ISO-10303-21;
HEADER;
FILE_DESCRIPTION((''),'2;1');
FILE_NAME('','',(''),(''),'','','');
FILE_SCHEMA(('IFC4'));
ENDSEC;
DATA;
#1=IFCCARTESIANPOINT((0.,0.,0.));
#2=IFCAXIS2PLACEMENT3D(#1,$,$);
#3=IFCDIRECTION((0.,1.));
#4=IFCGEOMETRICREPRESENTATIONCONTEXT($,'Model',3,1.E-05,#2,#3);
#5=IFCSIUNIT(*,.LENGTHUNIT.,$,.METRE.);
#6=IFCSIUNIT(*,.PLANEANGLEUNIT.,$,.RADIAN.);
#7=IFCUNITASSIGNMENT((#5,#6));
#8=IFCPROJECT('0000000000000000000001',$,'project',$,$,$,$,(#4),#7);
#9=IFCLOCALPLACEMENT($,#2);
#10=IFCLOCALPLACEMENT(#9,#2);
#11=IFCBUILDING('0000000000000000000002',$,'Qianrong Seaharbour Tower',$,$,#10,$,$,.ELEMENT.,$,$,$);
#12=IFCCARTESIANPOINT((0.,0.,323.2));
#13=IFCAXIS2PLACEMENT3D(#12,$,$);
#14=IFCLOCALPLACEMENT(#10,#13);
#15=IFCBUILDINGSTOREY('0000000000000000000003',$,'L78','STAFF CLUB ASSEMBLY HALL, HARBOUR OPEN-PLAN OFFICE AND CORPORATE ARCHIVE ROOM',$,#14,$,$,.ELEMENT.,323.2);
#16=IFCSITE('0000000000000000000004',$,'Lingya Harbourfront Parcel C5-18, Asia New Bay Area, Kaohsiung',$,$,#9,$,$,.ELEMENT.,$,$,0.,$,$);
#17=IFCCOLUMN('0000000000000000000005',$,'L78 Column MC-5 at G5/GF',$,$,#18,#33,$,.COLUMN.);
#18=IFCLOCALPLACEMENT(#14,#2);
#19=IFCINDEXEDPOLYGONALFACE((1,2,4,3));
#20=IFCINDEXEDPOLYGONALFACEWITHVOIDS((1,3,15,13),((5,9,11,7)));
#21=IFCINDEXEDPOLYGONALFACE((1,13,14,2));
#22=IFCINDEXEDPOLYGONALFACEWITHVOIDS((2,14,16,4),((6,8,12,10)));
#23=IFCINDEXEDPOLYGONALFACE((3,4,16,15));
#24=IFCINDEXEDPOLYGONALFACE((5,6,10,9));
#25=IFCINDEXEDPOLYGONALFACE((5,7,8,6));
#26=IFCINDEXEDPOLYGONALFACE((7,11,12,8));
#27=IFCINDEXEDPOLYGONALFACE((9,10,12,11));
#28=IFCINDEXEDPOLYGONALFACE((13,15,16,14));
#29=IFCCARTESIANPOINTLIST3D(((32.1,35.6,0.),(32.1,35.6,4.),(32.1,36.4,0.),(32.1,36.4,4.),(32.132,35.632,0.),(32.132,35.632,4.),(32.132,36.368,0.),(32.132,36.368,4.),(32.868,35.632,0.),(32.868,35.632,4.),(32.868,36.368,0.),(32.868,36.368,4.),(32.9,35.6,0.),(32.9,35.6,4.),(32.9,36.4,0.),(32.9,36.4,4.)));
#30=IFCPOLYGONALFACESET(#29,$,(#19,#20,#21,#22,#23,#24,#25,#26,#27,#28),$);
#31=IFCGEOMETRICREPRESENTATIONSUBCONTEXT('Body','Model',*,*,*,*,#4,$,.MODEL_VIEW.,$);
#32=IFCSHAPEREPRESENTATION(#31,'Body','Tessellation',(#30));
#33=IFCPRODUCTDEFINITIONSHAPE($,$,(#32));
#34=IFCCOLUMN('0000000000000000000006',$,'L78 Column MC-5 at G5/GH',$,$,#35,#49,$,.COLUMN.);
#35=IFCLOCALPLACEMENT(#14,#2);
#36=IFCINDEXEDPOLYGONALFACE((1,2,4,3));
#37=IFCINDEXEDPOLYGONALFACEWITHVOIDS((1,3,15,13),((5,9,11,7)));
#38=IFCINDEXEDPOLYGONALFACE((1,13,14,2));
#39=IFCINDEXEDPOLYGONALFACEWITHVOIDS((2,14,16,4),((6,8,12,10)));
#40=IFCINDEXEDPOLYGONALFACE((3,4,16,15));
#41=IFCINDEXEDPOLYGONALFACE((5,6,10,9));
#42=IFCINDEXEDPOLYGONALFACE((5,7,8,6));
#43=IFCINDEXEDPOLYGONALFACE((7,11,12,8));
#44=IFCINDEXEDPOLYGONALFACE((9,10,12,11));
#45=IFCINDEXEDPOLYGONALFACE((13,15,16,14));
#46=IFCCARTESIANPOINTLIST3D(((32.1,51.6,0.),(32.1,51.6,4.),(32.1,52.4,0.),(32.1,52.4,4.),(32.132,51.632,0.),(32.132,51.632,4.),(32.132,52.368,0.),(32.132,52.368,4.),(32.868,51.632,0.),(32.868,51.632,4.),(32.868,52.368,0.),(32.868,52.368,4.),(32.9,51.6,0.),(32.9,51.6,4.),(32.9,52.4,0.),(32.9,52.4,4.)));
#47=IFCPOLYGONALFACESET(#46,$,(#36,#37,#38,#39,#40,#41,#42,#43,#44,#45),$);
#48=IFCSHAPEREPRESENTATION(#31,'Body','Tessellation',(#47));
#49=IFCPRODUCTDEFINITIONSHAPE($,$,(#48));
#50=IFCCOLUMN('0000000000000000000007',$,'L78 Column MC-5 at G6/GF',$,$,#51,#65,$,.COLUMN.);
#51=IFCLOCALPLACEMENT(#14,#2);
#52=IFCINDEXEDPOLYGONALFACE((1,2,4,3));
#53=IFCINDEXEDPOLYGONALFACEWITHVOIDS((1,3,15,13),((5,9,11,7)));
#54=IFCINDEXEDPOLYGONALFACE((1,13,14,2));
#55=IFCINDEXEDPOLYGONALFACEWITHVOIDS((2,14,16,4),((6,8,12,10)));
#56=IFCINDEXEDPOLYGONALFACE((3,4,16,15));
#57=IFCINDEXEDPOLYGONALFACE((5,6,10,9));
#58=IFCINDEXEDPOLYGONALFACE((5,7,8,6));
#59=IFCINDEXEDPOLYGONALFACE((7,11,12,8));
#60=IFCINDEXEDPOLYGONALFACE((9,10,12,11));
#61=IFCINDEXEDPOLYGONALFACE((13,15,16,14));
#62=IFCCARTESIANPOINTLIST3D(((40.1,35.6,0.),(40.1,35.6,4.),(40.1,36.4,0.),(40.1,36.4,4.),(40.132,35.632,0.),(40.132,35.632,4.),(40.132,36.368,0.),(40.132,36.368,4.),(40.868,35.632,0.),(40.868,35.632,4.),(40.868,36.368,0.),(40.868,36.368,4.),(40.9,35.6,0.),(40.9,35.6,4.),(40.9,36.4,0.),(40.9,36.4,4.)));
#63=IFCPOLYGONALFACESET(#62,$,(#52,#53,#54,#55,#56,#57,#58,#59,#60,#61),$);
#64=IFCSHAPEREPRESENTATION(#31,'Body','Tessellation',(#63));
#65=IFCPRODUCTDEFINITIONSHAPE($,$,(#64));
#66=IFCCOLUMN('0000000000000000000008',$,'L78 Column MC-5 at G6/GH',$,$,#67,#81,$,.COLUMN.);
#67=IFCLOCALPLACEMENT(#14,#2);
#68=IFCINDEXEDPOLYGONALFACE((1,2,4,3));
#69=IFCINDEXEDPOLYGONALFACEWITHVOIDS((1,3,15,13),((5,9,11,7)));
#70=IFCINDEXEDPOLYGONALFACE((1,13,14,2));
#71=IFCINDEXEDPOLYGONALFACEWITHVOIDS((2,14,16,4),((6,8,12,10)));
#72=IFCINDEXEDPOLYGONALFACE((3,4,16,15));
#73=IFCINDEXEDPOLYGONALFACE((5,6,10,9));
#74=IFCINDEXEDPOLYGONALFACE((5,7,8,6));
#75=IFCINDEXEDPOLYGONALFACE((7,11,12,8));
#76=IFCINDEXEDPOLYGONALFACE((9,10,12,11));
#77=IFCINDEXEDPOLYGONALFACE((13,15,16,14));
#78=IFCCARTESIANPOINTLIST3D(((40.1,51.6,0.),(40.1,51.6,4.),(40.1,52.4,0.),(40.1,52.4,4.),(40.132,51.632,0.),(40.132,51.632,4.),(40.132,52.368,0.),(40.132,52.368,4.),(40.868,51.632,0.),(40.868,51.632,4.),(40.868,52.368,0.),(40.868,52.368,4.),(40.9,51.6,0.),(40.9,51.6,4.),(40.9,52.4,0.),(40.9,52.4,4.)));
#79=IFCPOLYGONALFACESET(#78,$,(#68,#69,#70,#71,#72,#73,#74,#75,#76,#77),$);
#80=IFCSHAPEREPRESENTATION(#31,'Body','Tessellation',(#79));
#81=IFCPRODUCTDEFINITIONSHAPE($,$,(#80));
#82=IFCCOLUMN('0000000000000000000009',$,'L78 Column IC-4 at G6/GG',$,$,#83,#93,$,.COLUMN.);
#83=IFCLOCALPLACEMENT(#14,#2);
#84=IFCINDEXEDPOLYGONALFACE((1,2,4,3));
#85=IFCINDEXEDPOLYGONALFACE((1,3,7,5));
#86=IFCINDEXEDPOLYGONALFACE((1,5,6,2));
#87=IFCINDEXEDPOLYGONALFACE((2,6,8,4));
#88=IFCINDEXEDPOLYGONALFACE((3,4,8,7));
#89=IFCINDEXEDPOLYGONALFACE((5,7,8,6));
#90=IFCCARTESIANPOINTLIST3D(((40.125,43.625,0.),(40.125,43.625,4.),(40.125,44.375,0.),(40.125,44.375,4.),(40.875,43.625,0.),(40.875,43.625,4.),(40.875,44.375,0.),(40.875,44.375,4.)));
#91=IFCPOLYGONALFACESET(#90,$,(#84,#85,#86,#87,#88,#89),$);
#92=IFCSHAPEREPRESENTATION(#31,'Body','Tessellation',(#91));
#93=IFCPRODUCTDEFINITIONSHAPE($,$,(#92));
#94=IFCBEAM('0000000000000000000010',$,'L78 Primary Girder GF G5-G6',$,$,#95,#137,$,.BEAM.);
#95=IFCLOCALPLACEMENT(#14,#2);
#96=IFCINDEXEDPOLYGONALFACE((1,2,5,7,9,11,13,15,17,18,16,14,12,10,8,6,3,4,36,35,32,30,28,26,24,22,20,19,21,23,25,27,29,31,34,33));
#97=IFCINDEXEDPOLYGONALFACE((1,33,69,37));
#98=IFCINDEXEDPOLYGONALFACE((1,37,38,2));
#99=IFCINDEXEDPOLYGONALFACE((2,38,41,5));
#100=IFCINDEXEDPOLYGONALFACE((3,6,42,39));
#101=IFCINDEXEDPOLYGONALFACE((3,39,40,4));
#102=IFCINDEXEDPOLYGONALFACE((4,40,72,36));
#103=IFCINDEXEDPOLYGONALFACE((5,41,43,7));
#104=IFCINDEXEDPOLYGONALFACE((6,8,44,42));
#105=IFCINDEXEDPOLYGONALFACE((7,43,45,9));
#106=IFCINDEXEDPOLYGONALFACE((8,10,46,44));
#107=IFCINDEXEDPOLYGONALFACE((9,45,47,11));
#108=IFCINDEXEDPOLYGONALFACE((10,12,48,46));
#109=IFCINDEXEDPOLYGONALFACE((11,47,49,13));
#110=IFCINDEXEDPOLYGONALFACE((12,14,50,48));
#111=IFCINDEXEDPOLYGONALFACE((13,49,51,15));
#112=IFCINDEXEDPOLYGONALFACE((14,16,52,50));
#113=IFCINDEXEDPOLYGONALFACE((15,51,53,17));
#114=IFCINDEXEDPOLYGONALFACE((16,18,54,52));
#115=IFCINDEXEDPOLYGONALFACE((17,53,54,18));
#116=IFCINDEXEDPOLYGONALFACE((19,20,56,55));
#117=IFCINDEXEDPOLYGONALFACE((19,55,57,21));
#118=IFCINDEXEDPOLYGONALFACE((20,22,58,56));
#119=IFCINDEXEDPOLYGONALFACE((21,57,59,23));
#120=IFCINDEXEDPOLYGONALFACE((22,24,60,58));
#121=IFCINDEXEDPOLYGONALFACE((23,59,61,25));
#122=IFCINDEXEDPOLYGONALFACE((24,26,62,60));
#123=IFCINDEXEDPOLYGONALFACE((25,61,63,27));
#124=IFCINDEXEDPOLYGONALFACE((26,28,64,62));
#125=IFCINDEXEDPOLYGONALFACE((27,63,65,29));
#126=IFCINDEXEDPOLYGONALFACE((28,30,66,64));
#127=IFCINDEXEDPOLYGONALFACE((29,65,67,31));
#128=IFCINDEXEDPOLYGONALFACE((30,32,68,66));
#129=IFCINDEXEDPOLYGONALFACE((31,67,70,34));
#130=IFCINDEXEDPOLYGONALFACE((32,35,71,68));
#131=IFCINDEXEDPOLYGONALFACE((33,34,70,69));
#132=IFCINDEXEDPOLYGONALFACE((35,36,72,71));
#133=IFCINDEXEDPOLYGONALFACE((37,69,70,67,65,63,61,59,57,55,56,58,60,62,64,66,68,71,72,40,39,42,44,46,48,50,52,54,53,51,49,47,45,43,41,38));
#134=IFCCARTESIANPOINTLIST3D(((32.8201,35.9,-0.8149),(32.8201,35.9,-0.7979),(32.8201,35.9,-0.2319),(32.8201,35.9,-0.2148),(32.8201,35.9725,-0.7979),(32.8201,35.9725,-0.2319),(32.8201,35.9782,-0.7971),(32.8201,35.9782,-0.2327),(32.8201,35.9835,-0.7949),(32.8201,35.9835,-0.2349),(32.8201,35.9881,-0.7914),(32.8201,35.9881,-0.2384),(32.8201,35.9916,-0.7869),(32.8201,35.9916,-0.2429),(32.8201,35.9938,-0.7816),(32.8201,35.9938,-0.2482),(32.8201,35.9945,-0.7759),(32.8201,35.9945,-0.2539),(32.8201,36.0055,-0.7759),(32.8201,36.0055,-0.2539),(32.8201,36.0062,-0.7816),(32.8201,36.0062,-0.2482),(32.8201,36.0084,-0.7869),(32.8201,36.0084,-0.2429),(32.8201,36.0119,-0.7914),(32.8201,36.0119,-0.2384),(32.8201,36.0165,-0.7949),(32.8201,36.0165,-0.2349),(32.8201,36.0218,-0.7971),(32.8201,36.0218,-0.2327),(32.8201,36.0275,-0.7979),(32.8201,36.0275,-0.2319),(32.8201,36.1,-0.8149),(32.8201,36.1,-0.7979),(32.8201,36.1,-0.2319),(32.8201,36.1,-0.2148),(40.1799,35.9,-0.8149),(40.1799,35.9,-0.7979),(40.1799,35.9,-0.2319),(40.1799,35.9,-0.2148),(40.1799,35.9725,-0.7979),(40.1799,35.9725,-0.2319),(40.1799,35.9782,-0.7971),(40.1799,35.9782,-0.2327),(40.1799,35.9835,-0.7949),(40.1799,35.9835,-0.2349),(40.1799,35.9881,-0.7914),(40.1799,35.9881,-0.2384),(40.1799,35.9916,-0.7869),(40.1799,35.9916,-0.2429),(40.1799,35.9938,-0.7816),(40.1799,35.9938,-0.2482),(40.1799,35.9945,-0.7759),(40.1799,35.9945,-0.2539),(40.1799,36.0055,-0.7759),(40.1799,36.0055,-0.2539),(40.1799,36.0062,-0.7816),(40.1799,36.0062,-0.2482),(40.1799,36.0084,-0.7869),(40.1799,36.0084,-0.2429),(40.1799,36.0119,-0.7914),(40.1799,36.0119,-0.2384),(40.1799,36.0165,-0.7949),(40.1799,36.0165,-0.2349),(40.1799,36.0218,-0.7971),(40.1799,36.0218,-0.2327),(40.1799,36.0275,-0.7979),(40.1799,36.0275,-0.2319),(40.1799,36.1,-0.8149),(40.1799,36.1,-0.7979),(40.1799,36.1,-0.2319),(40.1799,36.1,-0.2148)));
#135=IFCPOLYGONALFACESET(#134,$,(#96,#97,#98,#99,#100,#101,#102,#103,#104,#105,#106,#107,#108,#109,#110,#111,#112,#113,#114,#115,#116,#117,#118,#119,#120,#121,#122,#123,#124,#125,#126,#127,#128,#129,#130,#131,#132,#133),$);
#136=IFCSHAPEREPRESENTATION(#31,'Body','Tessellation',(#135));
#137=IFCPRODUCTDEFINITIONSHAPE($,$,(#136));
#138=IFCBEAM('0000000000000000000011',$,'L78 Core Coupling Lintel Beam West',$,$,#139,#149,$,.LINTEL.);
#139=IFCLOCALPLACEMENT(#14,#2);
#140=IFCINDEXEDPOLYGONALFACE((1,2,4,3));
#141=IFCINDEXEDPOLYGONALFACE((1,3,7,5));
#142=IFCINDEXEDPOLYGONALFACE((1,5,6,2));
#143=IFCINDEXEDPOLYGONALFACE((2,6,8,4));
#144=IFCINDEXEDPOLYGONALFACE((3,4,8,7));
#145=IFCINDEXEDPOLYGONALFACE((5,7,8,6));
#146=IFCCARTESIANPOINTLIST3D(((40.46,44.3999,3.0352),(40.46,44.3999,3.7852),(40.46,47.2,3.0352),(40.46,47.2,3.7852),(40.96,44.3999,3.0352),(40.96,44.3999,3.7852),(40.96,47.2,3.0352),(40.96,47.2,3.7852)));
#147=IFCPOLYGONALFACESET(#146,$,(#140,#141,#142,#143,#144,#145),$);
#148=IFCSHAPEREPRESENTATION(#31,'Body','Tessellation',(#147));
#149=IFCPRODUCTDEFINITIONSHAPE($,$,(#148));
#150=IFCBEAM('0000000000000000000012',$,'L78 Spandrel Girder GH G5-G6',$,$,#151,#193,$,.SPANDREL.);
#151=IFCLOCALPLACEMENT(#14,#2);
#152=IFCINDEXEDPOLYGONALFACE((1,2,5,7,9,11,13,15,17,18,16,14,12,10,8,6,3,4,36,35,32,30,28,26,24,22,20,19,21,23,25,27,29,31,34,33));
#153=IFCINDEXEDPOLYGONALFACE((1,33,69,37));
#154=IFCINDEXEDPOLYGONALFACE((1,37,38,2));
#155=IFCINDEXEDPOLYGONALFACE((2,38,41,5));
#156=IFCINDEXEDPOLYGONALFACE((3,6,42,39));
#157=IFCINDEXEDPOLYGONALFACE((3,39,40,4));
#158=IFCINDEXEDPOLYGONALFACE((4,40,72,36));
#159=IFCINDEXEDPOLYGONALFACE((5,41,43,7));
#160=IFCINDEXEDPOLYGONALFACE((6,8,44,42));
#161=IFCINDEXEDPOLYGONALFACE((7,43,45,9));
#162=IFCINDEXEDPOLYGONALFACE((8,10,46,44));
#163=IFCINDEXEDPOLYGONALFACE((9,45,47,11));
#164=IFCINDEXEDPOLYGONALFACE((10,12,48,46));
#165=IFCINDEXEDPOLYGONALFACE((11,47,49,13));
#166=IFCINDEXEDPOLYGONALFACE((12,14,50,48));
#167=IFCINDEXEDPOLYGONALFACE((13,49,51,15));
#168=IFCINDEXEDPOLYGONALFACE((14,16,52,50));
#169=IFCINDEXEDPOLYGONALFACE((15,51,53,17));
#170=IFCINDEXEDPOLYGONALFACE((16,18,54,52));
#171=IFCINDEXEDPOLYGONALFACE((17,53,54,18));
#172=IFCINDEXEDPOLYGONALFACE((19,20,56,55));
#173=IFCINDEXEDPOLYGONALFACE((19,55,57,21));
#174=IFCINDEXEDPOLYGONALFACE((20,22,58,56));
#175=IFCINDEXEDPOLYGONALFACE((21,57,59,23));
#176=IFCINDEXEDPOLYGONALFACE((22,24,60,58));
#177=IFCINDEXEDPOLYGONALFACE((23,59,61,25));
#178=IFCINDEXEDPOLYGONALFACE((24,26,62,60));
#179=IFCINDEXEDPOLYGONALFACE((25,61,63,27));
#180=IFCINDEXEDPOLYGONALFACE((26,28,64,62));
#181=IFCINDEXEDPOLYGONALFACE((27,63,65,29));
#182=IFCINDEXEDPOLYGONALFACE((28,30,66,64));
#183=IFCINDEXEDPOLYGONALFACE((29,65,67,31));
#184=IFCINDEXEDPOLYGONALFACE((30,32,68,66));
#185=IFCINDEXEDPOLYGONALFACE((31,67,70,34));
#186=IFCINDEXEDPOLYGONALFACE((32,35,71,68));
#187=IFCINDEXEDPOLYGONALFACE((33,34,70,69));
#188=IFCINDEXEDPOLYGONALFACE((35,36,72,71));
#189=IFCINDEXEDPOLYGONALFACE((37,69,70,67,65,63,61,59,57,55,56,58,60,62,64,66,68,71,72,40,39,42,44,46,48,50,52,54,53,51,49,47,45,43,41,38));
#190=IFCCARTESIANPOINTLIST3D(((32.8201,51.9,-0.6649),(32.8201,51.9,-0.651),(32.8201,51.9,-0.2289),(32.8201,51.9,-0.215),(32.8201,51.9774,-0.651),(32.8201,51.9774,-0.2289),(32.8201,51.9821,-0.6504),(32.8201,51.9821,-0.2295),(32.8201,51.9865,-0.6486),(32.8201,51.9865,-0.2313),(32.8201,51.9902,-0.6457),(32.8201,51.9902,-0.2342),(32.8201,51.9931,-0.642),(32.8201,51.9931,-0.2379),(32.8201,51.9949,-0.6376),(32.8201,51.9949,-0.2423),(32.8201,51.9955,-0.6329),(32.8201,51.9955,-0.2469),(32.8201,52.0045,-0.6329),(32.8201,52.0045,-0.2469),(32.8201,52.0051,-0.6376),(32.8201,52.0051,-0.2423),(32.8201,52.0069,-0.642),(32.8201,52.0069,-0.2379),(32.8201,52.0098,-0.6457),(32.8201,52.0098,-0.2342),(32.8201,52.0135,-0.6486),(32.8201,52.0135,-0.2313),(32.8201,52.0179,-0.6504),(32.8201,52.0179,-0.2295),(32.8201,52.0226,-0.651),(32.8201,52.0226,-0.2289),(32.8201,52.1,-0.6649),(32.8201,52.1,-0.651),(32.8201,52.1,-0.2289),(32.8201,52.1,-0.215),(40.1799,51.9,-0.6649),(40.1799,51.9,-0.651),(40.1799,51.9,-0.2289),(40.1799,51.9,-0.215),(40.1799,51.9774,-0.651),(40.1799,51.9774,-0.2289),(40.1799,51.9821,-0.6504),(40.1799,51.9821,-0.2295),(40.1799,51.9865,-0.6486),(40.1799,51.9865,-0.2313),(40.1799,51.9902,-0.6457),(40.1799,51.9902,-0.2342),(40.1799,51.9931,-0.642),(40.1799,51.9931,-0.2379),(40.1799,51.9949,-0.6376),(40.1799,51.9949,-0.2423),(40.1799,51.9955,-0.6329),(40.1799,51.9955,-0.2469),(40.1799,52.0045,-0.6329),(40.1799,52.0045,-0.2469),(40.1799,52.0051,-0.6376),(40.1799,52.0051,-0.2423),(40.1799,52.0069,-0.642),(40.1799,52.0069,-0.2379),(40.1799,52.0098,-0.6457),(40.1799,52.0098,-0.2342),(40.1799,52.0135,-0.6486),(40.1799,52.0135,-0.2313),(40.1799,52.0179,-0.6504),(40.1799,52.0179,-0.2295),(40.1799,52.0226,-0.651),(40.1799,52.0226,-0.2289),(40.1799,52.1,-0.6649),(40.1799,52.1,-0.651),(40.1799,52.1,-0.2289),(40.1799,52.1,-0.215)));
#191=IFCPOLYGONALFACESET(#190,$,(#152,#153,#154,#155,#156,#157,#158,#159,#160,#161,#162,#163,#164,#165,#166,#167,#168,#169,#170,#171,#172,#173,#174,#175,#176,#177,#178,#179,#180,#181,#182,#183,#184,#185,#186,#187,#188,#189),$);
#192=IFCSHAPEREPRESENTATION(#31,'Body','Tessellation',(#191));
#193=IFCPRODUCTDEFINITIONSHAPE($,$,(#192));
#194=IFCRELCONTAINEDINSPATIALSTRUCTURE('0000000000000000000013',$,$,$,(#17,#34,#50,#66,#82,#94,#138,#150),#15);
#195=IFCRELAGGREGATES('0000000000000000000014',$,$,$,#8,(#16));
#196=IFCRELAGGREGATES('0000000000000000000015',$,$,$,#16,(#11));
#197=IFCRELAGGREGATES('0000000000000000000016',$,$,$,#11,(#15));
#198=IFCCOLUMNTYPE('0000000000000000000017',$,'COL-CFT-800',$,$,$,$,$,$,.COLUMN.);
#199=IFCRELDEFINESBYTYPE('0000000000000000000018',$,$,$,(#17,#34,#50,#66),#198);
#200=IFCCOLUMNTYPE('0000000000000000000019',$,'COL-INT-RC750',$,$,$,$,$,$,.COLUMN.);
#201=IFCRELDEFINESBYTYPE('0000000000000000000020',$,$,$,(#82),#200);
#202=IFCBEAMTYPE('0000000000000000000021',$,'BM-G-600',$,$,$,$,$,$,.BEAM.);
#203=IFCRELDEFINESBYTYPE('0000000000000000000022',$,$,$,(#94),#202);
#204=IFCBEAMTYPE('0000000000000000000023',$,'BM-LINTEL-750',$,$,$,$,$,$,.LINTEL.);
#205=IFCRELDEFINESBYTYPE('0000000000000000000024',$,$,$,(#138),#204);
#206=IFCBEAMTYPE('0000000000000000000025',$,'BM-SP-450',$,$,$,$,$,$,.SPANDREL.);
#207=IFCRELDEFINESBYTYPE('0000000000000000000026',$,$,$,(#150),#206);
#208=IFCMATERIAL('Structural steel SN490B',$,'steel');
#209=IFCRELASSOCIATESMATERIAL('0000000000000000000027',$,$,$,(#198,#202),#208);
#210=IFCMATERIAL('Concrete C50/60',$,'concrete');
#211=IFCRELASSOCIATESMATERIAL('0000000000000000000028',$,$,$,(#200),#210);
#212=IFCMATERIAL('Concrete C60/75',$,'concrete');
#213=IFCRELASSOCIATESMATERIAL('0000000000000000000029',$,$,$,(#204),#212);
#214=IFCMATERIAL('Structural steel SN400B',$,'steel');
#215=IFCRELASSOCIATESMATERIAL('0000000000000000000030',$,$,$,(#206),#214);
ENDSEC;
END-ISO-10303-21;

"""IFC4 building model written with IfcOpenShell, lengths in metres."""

from ifc_helpers import new_model, si_unit, direction, frame, origin, origin_2d, place, context, subcontext, project, spatial, rectangle, hollow_rectangle, i_section, extrude, material, material_profile, profile_set, type_object, element, save


model = new_model("IFC4")

# Units and contexts
model_context = context("Model", 3, precision=1e-05, world=origin(), true_north=direction((0.0, 1.0)))
body_context = subcontext(model_context, "Body", "Model", "MODEL_VIEW")
ifc_project = project(units=[si_unit("LENGTHUNIT", "METRE"), si_unit("PLANEANGLEUNIT", "RADIAN")], contexts=[model_context])

# Site, building, storey
site_placement = place(None, origin())
site = spatial("IfcSite", under=ifc_project, at=site_placement, Name="Lingya Harbourfront Parcel C5-18, Asia New Bay Area, Kaohsiung", CompositionType="ELEMENT", RefElevation=0.0)
building_placement = place(site_placement, origin())
building = spatial("IfcBuilding", under=site, at=building_placement, Name="Qianrong Seaharbour Tower", CompositionType="ELEMENT")
storey_placement = place(building_placement, frame((0.0, 0.0, 323.2)))
storey = spatial("IfcBuildingStorey", under=building, at=storey_placement, Name="L78", Description="STAFF CLUB ASSEMBLY HALL, HARBOUR OPEN-PLAN OFFICE AND CORPORATE ARCHIVE ROOM", CompositionType="ELEMENT", Elevation=323.2)

# Columns
ifc_material_1 = material(Name="Structural steel SN490B", Category="steel")
ifc_material_profile_1 = material_profile(ifc_material_1, hollow_rectangle(XDim=0.8, YDim=0.8, WallThickness=0.032, at=origin_2d()), Name="BOX800x800x32")
ifc_profile_set_1 = profile_set([ifc_material_profile_1], Name="Structural steel SN490B")
column_type_1 = type_object("IfcColumnType", Name="COL-CFT-800", PredefinedType="COLUMN", material=ifc_profile_set_1)
for number, where, z_axis, x_axis, name in (
    (1, (32.5, 36.0, 0.0), (0.0, 0.0, 1.0), (1.0, 0.0, 0.0), "L78 Column MC-5 at G5/GF"),
    (2, (32.5, 52.0, 0.0), (0.0, 0.0, 1.0), (1.0, 0.0, 0.0), "L78 Column MC-5 at G5/GH"),
    (3, (40.5, 36.0, 0.0), (0.0, 0.0, 1.0), (1.0, 0.0, 0.0), "L78 Column MC-5 at G6/GF"),
    (4, (40.5, 52.0, 0.0), (0.0, 0.0, 1.0), (1.0, 0.0, 0.0), "L78 Column MC-5 at G6/GH"),
):
    element("IfcColumn", number, at=place(storey_placement, frame(where, z_axis=z_axis, x_axis=x_axis)), inside=storey, type_object=column_type_1, Name=name, PredefinedType="COLUMN", context=body_context, shape_type="SweptSolid", body=[
        extrude(hollow_rectangle(XDim=0.8, YDim=0.8, WallThickness=0.032, at=origin_2d()), origin(), (0.0, 0.0, 1.0), 4.0),
    ])
ifc_material_2 = material(Name="Concrete C50/60", Category="concrete")
ifc_material_profile_2 = material_profile(ifc_material_2, rectangle(XDim=0.75, YDim=0.75, at=origin_2d()), Name="RC750x750")
ifc_profile_set_2 = profile_set([ifc_material_profile_2], Name="Concrete C50/60")
column_type_2 = type_object("IfcColumnType", Name="COL-INT-RC750", PredefinedType="COLUMN", material=ifc_profile_set_2)
column_placement = place(storey_placement, frame((40.5, 44.0, 0.0), z_axis=(0.0, 0.0, 1.0), x_axis=(1.0, 0.0, 0.0)))
element("IfcColumn", 5, at=column_placement, inside=storey, type_object=column_type_2, Name="L78 Column IC-4 at G6/GG", PredefinedType="COLUMN", context=body_context, shape_type="SweptSolid", body=[
    extrude(rectangle(XDim=0.75, YDim=0.75, at=origin_2d()), origin(), (0.0, 0.0, 1.0), 4.0),
])

# Beams
ifc_material_profile_3 = material_profile(ifc_material_1, i_section(OverallWidth=0.2, OverallDepth=0.6001, WebThickness=0.011, FlangeThickness=0.0171, FilletRadius=0.022, at=origin_2d()), Name="H600x200x11x17")
ifc_profile_set_3 = profile_set([ifc_material_profile_3], Name="Structural steel SN490B")
beam_type_1 = type_object("IfcBeamType", Name="BM-G-600", PredefinedType="BEAM", material=ifc_profile_set_3)
beam_1_placement = place(storey_placement, frame((32.8201, 36.0, -0.5149), z_axis=(1.0, 0.0, 0.0), x_axis=(0.0, 1.0, 0.0)))
element("IfcBeam", 6, at=beam_1_placement, inside=storey, type_object=beam_type_1, Name="L78 Primary Girder GF G5-G6", PredefinedType="BEAM", context=body_context, shape_type="SweptSolid", body=[
    extrude(i_section(OverallWidth=0.2, OverallDepth=0.6001, WebThickness=0.011, FlangeThickness=0.0171, FilletRadius=0.022, at=origin_2d()), origin(), (0.0, 0.0, 1.0), 7.3599),
])
ifc_material_3 = material(Name="Concrete C60/75", Category="concrete")
ifc_material_profile_4 = material_profile(ifc_material_3, rectangle(XDim=0.5, YDim=0.75, at=origin_2d()), Name="RC500x750")
ifc_profile_set_4 = profile_set([ifc_material_profile_4], Name="Concrete C60/75")
beam_type_2 = type_object("IfcBeamType", Name="BM-LINTEL-750", PredefinedType="LINTEL", material=ifc_profile_set_4)
beam_2_placement = place(storey_placement, frame((40.71, 44.3999, 3.4102), z_axis=(0.0, 1.0, 0.0), x_axis=(-1.0, 0.0, 0.0)))
element("IfcBeam", 7, at=beam_2_placement, inside=storey, type_object=beam_type_2, Name="L78 Core Coupling Lintel Beam West", PredefinedType="LINTEL", context=body_context, shape_type="SweptSolid", body=[
    extrude(rectangle(XDim=0.5, YDim=0.75, at=origin_2d()), origin(), (0.0, 0.0, 1.0), 2.8),
])
ifc_material_4 = material(Name="Structural steel SN400B", Category="steel")
ifc_material_profile_5 = material_profile(ifc_material_4, i_section(OverallWidth=0.2, OverallDepth=0.45, WebThickness=0.009, FlangeThickness=0.0139, FilletRadius=0.0181, at=origin_2d()), Name="H450x200x9x14")
ifc_profile_set_5 = profile_set([ifc_material_profile_5], Name="Structural steel SN400B")
beam_type_3 = type_object("IfcBeamType", Name="BM-SP-450", PredefinedType="SPANDREL", material=ifc_profile_set_5)
beam_3_placement = place(storey_placement, frame((32.8201, 52.0, -0.4399), z_axis=(1.0, 0.0, 0.0), x_axis=(0.0, 1.0, 0.0)))
element("IfcBeam", 8, at=beam_3_placement, inside=storey, type_object=beam_type_3, Name="L78 Spandrel Girder GH G5-G6", PredefinedType="SPANDREL", context=body_context, shape_type="SweptSolid", body=[
    extrude(i_section(OverallWidth=0.2, OverallDepth=0.45, WebThickness=0.009, FlangeThickness=0.0139, FilletRadius=0.0181, at=origin_2d()), origin(), (0.0, 0.0, 1.0), 7.3599),
])

save(model, "model.ifc")
